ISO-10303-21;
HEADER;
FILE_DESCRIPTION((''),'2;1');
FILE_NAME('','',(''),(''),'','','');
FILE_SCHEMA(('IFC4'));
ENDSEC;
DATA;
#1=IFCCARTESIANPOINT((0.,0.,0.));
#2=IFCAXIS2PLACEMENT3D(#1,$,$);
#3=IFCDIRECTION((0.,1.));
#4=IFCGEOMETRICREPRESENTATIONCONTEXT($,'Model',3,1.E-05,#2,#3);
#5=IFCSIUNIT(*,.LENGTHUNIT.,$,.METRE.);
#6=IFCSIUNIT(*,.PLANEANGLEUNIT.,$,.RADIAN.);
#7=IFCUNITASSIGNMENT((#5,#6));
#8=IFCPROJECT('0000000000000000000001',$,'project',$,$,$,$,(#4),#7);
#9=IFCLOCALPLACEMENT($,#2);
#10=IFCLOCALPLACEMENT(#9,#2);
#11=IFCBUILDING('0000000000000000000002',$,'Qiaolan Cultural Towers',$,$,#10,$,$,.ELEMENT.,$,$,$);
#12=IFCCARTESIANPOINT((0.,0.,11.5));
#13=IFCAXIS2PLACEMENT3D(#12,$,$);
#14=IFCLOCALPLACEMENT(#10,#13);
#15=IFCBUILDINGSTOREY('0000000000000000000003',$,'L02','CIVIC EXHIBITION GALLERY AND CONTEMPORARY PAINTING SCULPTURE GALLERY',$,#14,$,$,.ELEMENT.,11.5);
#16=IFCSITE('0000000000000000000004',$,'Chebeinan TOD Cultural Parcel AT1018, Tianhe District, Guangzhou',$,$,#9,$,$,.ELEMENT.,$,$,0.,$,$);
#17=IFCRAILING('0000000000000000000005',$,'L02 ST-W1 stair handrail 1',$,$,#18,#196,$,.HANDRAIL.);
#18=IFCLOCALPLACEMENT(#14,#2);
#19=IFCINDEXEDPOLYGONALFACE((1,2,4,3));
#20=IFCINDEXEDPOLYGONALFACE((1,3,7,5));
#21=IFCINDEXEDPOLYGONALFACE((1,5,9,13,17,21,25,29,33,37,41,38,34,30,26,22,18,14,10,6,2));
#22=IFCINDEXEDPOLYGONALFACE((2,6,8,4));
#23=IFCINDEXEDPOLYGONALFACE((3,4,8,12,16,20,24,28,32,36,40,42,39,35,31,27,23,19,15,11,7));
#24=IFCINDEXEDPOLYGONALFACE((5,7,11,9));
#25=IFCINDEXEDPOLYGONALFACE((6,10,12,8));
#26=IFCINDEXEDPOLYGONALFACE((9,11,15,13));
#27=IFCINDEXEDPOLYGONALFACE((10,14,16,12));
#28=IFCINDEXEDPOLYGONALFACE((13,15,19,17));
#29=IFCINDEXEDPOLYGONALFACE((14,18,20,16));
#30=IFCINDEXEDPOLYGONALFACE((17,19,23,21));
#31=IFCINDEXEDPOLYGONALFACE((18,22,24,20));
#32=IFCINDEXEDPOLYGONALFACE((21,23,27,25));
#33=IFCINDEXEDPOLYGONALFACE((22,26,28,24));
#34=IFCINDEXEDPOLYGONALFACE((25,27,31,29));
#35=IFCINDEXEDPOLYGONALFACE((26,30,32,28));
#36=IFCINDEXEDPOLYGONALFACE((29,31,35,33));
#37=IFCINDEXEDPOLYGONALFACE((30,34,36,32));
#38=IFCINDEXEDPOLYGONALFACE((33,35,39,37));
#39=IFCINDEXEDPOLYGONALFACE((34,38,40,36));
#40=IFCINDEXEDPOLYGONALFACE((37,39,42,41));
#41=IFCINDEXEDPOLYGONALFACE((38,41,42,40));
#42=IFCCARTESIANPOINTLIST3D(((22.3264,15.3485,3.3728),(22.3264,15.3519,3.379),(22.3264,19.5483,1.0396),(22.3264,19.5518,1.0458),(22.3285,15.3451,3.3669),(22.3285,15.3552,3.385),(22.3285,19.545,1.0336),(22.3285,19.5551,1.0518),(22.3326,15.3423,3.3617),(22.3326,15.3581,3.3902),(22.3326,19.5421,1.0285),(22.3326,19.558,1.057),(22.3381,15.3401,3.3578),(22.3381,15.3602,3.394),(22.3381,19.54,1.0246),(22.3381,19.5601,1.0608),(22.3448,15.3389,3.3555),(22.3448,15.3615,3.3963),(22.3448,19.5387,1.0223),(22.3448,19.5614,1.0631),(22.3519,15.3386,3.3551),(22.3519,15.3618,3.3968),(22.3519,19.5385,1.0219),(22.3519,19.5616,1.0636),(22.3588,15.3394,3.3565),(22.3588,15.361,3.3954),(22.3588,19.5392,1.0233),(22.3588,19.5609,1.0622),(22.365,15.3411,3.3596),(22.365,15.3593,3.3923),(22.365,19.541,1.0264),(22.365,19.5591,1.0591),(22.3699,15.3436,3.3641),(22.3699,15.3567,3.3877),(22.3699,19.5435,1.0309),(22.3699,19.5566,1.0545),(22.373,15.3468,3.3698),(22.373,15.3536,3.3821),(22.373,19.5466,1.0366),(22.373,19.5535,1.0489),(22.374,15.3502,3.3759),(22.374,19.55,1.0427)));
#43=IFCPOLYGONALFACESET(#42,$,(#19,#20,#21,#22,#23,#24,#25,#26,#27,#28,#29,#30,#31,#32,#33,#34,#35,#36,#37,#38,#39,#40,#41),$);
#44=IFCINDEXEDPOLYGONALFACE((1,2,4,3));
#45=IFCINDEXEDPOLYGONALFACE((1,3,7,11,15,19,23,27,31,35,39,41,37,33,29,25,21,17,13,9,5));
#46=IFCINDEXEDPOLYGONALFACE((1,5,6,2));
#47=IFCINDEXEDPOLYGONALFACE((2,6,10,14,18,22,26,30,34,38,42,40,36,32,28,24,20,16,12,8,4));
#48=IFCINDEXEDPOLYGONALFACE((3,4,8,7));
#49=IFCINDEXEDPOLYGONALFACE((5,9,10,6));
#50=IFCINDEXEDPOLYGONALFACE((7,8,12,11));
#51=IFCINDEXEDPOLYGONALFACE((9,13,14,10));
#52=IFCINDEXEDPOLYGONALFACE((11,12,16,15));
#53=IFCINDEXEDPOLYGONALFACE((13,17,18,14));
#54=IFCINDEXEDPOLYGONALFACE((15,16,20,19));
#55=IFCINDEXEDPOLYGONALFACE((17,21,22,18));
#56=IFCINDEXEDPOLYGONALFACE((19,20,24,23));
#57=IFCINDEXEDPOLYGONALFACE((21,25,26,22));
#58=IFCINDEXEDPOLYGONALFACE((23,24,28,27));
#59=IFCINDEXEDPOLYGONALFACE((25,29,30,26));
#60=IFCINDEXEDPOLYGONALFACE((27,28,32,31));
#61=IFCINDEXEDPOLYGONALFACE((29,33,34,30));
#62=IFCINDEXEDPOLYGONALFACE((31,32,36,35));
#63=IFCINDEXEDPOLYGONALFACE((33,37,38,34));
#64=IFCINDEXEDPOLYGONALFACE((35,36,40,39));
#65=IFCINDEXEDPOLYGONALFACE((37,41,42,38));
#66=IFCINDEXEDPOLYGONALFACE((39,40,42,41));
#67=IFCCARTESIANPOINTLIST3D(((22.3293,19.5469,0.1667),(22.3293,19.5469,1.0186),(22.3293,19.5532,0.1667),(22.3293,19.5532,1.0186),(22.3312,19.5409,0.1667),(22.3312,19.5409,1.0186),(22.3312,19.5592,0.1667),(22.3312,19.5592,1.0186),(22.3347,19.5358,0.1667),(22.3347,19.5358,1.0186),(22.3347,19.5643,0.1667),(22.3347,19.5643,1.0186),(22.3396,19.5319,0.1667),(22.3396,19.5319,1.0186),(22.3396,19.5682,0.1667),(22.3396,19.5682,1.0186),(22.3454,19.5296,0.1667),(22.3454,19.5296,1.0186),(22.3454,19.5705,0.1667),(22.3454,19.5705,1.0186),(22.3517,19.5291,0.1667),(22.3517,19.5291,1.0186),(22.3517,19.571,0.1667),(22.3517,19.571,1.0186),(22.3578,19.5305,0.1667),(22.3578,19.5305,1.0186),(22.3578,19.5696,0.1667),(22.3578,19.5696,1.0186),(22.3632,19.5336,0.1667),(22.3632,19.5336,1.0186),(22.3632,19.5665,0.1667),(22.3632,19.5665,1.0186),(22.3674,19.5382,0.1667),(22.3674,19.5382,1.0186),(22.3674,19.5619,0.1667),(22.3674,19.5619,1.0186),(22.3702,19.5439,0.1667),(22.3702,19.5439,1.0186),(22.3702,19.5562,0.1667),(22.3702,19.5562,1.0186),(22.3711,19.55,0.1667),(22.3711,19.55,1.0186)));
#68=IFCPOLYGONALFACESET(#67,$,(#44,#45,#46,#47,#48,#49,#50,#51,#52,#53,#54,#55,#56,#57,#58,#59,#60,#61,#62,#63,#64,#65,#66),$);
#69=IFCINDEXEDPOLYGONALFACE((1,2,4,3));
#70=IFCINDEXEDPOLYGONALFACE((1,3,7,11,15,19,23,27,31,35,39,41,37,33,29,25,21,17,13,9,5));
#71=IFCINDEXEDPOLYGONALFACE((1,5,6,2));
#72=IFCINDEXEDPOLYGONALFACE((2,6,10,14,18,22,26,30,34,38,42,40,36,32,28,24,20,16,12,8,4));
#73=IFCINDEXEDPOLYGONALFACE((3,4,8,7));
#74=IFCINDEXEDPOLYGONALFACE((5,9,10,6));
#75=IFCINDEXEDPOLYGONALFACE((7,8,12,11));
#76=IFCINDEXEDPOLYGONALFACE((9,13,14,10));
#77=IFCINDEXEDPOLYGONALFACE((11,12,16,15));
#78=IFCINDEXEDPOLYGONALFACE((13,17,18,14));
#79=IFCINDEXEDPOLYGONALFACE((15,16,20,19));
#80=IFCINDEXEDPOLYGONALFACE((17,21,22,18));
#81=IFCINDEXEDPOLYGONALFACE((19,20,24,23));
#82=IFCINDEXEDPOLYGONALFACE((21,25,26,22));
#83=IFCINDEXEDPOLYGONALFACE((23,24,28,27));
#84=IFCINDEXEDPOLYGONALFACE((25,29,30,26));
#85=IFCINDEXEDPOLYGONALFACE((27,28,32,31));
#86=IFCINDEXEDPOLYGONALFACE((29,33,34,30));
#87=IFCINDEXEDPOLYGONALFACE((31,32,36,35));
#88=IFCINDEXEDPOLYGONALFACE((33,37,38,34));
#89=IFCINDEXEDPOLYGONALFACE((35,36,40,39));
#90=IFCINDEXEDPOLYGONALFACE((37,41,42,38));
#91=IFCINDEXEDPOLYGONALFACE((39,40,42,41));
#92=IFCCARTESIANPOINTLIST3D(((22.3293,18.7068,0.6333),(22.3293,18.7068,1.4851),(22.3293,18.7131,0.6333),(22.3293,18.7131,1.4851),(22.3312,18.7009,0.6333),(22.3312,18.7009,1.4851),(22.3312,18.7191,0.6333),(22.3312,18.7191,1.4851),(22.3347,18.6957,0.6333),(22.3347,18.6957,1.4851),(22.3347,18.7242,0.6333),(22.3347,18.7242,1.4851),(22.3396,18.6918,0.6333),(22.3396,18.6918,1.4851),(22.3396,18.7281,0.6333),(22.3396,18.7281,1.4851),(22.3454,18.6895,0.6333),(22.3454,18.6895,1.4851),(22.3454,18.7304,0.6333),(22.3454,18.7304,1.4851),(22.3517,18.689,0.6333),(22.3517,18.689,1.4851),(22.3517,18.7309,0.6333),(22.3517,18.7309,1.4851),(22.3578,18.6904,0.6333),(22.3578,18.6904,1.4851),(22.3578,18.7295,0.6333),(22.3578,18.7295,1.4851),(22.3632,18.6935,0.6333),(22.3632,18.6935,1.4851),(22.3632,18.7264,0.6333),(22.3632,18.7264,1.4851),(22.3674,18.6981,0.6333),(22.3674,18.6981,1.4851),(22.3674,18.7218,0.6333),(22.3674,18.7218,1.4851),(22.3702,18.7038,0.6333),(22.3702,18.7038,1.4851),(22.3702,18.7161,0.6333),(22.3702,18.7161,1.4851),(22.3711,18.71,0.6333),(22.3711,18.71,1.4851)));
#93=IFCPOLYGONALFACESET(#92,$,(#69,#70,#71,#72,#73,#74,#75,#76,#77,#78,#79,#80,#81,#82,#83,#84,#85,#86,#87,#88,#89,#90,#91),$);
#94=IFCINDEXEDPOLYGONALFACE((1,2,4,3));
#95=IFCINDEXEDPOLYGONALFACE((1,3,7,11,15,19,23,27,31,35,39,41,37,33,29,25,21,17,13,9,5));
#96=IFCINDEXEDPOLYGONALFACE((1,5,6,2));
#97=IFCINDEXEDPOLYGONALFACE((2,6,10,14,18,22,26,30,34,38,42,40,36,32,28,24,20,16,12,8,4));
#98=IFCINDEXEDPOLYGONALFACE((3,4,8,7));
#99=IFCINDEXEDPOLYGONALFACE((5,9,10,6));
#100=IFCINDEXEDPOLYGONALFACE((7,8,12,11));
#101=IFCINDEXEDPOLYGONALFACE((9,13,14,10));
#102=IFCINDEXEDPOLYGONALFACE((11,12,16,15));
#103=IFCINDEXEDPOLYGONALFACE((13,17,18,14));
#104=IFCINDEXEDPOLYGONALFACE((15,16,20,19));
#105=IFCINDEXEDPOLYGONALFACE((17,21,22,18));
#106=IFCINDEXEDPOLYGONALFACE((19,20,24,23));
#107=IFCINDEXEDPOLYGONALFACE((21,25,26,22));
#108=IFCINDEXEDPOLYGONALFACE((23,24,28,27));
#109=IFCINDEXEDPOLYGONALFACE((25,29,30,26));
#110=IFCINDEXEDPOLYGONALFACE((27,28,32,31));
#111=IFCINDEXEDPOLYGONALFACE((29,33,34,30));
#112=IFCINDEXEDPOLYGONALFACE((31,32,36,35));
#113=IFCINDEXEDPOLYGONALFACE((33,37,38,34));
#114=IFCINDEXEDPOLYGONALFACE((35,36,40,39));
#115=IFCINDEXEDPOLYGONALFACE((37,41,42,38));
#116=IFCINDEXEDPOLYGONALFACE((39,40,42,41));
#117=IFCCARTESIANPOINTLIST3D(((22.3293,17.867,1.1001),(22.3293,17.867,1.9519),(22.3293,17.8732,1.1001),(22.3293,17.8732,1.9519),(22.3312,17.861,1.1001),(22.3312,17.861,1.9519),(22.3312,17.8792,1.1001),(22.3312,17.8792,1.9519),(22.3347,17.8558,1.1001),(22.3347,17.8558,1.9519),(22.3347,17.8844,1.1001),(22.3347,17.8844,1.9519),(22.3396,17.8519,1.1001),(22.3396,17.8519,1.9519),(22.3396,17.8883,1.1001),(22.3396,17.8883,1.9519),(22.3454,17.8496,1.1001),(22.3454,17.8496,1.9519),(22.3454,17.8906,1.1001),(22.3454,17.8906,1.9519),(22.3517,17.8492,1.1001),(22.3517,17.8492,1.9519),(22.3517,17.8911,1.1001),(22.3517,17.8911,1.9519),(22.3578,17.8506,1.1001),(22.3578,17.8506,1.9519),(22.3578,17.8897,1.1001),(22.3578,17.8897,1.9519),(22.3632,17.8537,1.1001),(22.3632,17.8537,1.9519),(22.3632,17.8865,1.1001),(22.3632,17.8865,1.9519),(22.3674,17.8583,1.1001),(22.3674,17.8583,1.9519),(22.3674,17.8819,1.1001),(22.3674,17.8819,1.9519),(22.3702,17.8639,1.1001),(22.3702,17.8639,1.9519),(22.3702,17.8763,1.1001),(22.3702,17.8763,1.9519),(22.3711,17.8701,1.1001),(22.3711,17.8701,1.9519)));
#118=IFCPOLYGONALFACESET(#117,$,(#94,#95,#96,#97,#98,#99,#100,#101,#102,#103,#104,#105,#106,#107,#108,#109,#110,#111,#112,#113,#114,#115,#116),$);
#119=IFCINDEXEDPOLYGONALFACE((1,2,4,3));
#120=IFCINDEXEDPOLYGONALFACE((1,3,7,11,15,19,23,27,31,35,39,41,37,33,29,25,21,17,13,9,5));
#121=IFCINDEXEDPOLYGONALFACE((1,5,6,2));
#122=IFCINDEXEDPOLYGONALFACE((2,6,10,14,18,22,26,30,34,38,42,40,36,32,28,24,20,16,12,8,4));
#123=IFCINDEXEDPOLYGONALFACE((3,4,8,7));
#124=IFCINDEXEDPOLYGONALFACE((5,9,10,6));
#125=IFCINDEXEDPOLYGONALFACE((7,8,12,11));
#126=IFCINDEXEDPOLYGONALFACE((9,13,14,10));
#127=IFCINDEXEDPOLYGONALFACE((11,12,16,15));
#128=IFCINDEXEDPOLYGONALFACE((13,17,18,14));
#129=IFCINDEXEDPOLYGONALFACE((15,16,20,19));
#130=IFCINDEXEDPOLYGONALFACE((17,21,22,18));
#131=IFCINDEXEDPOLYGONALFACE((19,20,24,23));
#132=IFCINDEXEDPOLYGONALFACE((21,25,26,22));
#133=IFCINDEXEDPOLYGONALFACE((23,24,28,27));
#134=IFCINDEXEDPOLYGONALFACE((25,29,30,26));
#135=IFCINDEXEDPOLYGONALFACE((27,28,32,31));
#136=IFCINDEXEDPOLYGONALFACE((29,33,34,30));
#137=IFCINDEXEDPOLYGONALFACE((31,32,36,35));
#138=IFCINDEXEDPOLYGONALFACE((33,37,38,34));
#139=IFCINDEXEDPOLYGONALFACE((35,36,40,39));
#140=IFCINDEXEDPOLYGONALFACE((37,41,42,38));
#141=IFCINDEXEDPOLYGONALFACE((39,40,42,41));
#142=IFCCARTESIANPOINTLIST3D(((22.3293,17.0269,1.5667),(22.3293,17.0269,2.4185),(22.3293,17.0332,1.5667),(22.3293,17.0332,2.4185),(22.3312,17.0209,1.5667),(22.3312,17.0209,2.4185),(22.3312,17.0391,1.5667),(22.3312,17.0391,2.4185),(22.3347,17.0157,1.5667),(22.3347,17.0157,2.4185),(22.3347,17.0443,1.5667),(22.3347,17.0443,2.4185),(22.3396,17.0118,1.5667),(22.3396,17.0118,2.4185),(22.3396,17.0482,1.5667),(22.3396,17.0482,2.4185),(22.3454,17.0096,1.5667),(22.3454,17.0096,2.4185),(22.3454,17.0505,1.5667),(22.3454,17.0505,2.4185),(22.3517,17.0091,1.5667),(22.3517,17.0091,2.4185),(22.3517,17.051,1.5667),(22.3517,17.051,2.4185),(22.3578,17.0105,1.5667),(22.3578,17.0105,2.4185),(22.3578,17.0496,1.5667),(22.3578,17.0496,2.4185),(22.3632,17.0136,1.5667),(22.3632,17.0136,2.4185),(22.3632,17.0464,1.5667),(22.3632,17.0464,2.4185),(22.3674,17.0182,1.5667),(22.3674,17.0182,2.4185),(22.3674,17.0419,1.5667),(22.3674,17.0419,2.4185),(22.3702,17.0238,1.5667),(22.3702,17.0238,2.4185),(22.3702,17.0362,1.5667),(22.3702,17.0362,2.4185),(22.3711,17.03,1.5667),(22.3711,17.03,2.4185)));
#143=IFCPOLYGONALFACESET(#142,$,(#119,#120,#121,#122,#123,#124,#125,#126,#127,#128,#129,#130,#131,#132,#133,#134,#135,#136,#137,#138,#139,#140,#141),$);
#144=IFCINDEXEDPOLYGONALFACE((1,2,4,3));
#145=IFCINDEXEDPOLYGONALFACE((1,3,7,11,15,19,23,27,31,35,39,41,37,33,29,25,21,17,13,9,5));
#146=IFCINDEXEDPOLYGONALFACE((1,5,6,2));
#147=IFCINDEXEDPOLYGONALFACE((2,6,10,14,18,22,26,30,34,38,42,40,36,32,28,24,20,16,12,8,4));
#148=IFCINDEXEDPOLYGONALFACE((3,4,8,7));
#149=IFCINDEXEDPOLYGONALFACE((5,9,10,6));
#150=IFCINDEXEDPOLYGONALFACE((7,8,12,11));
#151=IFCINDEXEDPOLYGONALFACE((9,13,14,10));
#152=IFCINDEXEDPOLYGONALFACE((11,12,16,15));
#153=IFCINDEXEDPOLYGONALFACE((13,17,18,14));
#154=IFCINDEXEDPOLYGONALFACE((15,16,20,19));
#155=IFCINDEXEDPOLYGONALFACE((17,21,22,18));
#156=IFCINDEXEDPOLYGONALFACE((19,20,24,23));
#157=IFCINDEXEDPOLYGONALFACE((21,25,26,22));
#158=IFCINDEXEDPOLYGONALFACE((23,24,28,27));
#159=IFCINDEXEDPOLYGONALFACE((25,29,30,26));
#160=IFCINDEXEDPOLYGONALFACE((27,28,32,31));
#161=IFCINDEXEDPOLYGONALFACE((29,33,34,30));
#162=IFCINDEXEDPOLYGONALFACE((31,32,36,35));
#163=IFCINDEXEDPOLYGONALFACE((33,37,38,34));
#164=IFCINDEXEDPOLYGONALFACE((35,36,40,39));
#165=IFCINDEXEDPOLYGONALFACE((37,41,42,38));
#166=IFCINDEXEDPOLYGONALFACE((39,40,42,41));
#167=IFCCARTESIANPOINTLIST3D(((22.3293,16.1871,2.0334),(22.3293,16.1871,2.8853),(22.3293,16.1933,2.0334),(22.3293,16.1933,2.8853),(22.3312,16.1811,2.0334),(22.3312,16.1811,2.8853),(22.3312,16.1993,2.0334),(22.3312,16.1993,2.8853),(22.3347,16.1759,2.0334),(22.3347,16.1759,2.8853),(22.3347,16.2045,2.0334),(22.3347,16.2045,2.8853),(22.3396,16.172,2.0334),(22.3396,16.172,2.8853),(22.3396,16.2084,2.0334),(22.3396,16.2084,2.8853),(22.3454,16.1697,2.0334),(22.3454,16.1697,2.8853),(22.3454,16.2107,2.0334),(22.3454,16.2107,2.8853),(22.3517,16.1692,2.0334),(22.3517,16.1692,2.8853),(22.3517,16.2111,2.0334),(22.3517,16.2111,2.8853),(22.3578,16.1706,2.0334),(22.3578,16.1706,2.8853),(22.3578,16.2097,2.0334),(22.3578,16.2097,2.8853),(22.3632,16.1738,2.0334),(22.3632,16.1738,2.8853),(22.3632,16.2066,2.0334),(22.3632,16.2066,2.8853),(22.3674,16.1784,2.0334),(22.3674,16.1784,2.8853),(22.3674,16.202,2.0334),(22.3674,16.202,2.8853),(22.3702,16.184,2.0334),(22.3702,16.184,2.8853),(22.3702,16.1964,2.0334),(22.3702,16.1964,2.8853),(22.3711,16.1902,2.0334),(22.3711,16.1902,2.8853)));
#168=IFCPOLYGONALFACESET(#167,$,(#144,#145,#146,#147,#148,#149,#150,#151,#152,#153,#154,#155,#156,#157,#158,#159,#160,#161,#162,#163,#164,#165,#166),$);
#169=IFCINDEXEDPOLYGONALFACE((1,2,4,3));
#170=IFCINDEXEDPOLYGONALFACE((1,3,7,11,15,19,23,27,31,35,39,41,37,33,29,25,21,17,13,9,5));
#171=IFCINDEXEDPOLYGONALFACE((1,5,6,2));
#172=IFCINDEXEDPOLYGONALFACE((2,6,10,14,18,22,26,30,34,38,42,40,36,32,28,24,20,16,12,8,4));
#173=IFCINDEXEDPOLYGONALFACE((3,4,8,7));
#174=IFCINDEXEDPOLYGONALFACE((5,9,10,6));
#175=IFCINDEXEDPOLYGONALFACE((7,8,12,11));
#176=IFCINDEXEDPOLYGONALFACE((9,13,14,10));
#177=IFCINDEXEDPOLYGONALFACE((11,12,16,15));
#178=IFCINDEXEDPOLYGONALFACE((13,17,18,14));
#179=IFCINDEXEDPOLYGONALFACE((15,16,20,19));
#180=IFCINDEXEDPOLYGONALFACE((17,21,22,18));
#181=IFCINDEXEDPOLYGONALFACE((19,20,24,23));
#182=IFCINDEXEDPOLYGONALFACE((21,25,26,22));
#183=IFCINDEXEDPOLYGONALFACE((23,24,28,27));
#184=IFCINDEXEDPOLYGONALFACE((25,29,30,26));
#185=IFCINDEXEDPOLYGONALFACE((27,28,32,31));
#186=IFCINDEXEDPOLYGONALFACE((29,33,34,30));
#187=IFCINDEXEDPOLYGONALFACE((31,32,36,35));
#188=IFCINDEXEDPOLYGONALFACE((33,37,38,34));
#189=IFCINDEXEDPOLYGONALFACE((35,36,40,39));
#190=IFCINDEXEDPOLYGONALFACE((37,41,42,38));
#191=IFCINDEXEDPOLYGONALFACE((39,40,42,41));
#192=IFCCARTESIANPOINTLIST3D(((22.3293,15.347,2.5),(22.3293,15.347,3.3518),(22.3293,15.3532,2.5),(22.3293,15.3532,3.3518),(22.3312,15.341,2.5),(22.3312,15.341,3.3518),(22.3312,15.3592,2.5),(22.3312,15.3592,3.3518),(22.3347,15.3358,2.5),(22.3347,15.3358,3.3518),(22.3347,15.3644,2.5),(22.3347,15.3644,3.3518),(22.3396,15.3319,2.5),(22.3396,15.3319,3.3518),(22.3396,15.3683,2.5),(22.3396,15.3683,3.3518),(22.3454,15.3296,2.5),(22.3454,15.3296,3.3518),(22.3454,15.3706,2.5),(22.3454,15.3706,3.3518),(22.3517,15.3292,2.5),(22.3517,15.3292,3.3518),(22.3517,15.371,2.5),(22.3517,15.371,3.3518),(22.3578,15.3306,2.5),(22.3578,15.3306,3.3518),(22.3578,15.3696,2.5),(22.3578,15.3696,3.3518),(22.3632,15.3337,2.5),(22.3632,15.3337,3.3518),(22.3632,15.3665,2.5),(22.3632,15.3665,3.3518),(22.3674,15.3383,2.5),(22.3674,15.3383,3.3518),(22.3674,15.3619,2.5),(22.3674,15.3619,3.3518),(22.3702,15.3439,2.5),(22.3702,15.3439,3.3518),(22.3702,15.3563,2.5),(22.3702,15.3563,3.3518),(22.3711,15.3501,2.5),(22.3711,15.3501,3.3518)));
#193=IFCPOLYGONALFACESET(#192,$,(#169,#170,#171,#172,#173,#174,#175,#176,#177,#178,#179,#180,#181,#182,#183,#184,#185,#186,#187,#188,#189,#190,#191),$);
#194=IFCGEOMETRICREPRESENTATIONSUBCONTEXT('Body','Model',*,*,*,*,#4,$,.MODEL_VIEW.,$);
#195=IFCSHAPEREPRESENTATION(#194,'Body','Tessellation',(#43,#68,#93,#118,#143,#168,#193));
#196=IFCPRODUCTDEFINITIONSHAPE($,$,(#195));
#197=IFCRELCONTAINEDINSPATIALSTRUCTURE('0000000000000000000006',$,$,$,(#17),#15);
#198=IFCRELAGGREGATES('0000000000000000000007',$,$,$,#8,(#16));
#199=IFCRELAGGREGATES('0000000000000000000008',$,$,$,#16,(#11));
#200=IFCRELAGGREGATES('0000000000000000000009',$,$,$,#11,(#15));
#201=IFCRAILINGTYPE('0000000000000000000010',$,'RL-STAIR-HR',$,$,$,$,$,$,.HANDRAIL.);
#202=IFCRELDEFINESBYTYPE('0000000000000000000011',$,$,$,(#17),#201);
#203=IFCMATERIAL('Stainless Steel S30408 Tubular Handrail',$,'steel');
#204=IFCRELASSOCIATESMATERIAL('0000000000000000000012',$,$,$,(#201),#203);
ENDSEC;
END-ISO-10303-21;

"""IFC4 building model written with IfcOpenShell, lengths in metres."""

from ifc_helpers import new_model, si_unit, direction, frame, origin, origin_2d, place, context, subcontext, project, spatial, circle, extrude, material, type_object, element, save


model = new_model("IFC4")

# Units and contexts
model_context = context("Model", 3, precision=1e-05, world=origin(), true_north=direction((0.0, 1.0)))
body_context = subcontext(model_context, "Body", "Model", "MODEL_VIEW")
ifc_project = project(units=[si_unit("LENGTHUNIT", "METRE"), si_unit("PLANEANGLEUNIT", "RADIAN")], contexts=[model_context])

# Site, building, storey
site_placement = place(None, origin())
site = spatial("IfcSite", under=ifc_project, at=site_placement, Name="Chebeinan TOD Cultural Parcel AT1018, Tianhe District, Guangzhou", CompositionType="ELEMENT", RefElevation=0.0)
building_placement = place(site_placement, origin())
building = spatial("IfcBuilding", under=site, at=building_placement, Name="Qiaolan Cultural Towers", CompositionType="ELEMENT")
storey_placement = place(building_placement, frame((0.0, 0.0, 11.5)))
storey = spatial("IfcBuildingStorey", under=building, at=storey_placement, Name="L02", Description="CIVIC EXHIBITION GALLERY AND CONTEMPORARY PAINTING SCULPTURE GALLERY", CompositionType="ELEMENT", Elevation=11.5)

# Railing
ifc_material_1 = material(Name="Stainless Steel S30408 Tubular Handrail", Category="steel")
railing_type_1 = type_object("IfcRailingType", Name="RL-STAIR-HR", PredefinedType="HANDRAIL", material=ifc_material_1)
railing_1_placement = place(storey_placement, frame((22.3501, 19.55, 0.1667)))
element("IfcRailing", 1, at=railing_1_placement, inside=storey, type_object=railing_type_1, Name="L02 ST-W1 stair handrail 1", PredefinedType="HANDRAIL", context=body_context, shape_type="SweptSolid", body=[
    extrude(circle(Radius=0.0239, at=origin_2d()), frame((0.0, 0.0, 0.876), z_axis=(0.0, -0.874162, 0.485634), x_axis=(1.0, 0.0, 0.0)), (0.0, 0.0, 1.0), 4.8044),
    extrude(circle(Radius=0.021, at=origin_2d()), origin(), (0.0, 0.0, 1.0), 0.8518),
    extrude(circle(Radius=0.021, at=origin_2d()), frame((0.0, -0.8401, 0.4666)), (0.0, 0.0, 1.0), 0.8518),
    extrude(circle(Radius=0.021, at=origin_2d()), frame((0.0, -1.6799, 0.9333)), (0.0, 0.0, 1.0), 0.8518),
    extrude(circle(Radius=0.021, at=origin_2d()), frame((0.0, -2.52, 1.3999)), (0.0, 0.0, 1.0), 0.8518),
    extrude(circle(Radius=0.021, at=origin_2d()), frame((0.0, -3.3599, 1.8667)), (0.0, 0.0, 1.0), 0.8518),
    extrude(circle(Radius=0.021, at=origin_2d()), frame((0.0, -4.2, 2.3333)), (0.0, 0.0, 1.0), 0.8518),
])

save(model, "model.ifc")
